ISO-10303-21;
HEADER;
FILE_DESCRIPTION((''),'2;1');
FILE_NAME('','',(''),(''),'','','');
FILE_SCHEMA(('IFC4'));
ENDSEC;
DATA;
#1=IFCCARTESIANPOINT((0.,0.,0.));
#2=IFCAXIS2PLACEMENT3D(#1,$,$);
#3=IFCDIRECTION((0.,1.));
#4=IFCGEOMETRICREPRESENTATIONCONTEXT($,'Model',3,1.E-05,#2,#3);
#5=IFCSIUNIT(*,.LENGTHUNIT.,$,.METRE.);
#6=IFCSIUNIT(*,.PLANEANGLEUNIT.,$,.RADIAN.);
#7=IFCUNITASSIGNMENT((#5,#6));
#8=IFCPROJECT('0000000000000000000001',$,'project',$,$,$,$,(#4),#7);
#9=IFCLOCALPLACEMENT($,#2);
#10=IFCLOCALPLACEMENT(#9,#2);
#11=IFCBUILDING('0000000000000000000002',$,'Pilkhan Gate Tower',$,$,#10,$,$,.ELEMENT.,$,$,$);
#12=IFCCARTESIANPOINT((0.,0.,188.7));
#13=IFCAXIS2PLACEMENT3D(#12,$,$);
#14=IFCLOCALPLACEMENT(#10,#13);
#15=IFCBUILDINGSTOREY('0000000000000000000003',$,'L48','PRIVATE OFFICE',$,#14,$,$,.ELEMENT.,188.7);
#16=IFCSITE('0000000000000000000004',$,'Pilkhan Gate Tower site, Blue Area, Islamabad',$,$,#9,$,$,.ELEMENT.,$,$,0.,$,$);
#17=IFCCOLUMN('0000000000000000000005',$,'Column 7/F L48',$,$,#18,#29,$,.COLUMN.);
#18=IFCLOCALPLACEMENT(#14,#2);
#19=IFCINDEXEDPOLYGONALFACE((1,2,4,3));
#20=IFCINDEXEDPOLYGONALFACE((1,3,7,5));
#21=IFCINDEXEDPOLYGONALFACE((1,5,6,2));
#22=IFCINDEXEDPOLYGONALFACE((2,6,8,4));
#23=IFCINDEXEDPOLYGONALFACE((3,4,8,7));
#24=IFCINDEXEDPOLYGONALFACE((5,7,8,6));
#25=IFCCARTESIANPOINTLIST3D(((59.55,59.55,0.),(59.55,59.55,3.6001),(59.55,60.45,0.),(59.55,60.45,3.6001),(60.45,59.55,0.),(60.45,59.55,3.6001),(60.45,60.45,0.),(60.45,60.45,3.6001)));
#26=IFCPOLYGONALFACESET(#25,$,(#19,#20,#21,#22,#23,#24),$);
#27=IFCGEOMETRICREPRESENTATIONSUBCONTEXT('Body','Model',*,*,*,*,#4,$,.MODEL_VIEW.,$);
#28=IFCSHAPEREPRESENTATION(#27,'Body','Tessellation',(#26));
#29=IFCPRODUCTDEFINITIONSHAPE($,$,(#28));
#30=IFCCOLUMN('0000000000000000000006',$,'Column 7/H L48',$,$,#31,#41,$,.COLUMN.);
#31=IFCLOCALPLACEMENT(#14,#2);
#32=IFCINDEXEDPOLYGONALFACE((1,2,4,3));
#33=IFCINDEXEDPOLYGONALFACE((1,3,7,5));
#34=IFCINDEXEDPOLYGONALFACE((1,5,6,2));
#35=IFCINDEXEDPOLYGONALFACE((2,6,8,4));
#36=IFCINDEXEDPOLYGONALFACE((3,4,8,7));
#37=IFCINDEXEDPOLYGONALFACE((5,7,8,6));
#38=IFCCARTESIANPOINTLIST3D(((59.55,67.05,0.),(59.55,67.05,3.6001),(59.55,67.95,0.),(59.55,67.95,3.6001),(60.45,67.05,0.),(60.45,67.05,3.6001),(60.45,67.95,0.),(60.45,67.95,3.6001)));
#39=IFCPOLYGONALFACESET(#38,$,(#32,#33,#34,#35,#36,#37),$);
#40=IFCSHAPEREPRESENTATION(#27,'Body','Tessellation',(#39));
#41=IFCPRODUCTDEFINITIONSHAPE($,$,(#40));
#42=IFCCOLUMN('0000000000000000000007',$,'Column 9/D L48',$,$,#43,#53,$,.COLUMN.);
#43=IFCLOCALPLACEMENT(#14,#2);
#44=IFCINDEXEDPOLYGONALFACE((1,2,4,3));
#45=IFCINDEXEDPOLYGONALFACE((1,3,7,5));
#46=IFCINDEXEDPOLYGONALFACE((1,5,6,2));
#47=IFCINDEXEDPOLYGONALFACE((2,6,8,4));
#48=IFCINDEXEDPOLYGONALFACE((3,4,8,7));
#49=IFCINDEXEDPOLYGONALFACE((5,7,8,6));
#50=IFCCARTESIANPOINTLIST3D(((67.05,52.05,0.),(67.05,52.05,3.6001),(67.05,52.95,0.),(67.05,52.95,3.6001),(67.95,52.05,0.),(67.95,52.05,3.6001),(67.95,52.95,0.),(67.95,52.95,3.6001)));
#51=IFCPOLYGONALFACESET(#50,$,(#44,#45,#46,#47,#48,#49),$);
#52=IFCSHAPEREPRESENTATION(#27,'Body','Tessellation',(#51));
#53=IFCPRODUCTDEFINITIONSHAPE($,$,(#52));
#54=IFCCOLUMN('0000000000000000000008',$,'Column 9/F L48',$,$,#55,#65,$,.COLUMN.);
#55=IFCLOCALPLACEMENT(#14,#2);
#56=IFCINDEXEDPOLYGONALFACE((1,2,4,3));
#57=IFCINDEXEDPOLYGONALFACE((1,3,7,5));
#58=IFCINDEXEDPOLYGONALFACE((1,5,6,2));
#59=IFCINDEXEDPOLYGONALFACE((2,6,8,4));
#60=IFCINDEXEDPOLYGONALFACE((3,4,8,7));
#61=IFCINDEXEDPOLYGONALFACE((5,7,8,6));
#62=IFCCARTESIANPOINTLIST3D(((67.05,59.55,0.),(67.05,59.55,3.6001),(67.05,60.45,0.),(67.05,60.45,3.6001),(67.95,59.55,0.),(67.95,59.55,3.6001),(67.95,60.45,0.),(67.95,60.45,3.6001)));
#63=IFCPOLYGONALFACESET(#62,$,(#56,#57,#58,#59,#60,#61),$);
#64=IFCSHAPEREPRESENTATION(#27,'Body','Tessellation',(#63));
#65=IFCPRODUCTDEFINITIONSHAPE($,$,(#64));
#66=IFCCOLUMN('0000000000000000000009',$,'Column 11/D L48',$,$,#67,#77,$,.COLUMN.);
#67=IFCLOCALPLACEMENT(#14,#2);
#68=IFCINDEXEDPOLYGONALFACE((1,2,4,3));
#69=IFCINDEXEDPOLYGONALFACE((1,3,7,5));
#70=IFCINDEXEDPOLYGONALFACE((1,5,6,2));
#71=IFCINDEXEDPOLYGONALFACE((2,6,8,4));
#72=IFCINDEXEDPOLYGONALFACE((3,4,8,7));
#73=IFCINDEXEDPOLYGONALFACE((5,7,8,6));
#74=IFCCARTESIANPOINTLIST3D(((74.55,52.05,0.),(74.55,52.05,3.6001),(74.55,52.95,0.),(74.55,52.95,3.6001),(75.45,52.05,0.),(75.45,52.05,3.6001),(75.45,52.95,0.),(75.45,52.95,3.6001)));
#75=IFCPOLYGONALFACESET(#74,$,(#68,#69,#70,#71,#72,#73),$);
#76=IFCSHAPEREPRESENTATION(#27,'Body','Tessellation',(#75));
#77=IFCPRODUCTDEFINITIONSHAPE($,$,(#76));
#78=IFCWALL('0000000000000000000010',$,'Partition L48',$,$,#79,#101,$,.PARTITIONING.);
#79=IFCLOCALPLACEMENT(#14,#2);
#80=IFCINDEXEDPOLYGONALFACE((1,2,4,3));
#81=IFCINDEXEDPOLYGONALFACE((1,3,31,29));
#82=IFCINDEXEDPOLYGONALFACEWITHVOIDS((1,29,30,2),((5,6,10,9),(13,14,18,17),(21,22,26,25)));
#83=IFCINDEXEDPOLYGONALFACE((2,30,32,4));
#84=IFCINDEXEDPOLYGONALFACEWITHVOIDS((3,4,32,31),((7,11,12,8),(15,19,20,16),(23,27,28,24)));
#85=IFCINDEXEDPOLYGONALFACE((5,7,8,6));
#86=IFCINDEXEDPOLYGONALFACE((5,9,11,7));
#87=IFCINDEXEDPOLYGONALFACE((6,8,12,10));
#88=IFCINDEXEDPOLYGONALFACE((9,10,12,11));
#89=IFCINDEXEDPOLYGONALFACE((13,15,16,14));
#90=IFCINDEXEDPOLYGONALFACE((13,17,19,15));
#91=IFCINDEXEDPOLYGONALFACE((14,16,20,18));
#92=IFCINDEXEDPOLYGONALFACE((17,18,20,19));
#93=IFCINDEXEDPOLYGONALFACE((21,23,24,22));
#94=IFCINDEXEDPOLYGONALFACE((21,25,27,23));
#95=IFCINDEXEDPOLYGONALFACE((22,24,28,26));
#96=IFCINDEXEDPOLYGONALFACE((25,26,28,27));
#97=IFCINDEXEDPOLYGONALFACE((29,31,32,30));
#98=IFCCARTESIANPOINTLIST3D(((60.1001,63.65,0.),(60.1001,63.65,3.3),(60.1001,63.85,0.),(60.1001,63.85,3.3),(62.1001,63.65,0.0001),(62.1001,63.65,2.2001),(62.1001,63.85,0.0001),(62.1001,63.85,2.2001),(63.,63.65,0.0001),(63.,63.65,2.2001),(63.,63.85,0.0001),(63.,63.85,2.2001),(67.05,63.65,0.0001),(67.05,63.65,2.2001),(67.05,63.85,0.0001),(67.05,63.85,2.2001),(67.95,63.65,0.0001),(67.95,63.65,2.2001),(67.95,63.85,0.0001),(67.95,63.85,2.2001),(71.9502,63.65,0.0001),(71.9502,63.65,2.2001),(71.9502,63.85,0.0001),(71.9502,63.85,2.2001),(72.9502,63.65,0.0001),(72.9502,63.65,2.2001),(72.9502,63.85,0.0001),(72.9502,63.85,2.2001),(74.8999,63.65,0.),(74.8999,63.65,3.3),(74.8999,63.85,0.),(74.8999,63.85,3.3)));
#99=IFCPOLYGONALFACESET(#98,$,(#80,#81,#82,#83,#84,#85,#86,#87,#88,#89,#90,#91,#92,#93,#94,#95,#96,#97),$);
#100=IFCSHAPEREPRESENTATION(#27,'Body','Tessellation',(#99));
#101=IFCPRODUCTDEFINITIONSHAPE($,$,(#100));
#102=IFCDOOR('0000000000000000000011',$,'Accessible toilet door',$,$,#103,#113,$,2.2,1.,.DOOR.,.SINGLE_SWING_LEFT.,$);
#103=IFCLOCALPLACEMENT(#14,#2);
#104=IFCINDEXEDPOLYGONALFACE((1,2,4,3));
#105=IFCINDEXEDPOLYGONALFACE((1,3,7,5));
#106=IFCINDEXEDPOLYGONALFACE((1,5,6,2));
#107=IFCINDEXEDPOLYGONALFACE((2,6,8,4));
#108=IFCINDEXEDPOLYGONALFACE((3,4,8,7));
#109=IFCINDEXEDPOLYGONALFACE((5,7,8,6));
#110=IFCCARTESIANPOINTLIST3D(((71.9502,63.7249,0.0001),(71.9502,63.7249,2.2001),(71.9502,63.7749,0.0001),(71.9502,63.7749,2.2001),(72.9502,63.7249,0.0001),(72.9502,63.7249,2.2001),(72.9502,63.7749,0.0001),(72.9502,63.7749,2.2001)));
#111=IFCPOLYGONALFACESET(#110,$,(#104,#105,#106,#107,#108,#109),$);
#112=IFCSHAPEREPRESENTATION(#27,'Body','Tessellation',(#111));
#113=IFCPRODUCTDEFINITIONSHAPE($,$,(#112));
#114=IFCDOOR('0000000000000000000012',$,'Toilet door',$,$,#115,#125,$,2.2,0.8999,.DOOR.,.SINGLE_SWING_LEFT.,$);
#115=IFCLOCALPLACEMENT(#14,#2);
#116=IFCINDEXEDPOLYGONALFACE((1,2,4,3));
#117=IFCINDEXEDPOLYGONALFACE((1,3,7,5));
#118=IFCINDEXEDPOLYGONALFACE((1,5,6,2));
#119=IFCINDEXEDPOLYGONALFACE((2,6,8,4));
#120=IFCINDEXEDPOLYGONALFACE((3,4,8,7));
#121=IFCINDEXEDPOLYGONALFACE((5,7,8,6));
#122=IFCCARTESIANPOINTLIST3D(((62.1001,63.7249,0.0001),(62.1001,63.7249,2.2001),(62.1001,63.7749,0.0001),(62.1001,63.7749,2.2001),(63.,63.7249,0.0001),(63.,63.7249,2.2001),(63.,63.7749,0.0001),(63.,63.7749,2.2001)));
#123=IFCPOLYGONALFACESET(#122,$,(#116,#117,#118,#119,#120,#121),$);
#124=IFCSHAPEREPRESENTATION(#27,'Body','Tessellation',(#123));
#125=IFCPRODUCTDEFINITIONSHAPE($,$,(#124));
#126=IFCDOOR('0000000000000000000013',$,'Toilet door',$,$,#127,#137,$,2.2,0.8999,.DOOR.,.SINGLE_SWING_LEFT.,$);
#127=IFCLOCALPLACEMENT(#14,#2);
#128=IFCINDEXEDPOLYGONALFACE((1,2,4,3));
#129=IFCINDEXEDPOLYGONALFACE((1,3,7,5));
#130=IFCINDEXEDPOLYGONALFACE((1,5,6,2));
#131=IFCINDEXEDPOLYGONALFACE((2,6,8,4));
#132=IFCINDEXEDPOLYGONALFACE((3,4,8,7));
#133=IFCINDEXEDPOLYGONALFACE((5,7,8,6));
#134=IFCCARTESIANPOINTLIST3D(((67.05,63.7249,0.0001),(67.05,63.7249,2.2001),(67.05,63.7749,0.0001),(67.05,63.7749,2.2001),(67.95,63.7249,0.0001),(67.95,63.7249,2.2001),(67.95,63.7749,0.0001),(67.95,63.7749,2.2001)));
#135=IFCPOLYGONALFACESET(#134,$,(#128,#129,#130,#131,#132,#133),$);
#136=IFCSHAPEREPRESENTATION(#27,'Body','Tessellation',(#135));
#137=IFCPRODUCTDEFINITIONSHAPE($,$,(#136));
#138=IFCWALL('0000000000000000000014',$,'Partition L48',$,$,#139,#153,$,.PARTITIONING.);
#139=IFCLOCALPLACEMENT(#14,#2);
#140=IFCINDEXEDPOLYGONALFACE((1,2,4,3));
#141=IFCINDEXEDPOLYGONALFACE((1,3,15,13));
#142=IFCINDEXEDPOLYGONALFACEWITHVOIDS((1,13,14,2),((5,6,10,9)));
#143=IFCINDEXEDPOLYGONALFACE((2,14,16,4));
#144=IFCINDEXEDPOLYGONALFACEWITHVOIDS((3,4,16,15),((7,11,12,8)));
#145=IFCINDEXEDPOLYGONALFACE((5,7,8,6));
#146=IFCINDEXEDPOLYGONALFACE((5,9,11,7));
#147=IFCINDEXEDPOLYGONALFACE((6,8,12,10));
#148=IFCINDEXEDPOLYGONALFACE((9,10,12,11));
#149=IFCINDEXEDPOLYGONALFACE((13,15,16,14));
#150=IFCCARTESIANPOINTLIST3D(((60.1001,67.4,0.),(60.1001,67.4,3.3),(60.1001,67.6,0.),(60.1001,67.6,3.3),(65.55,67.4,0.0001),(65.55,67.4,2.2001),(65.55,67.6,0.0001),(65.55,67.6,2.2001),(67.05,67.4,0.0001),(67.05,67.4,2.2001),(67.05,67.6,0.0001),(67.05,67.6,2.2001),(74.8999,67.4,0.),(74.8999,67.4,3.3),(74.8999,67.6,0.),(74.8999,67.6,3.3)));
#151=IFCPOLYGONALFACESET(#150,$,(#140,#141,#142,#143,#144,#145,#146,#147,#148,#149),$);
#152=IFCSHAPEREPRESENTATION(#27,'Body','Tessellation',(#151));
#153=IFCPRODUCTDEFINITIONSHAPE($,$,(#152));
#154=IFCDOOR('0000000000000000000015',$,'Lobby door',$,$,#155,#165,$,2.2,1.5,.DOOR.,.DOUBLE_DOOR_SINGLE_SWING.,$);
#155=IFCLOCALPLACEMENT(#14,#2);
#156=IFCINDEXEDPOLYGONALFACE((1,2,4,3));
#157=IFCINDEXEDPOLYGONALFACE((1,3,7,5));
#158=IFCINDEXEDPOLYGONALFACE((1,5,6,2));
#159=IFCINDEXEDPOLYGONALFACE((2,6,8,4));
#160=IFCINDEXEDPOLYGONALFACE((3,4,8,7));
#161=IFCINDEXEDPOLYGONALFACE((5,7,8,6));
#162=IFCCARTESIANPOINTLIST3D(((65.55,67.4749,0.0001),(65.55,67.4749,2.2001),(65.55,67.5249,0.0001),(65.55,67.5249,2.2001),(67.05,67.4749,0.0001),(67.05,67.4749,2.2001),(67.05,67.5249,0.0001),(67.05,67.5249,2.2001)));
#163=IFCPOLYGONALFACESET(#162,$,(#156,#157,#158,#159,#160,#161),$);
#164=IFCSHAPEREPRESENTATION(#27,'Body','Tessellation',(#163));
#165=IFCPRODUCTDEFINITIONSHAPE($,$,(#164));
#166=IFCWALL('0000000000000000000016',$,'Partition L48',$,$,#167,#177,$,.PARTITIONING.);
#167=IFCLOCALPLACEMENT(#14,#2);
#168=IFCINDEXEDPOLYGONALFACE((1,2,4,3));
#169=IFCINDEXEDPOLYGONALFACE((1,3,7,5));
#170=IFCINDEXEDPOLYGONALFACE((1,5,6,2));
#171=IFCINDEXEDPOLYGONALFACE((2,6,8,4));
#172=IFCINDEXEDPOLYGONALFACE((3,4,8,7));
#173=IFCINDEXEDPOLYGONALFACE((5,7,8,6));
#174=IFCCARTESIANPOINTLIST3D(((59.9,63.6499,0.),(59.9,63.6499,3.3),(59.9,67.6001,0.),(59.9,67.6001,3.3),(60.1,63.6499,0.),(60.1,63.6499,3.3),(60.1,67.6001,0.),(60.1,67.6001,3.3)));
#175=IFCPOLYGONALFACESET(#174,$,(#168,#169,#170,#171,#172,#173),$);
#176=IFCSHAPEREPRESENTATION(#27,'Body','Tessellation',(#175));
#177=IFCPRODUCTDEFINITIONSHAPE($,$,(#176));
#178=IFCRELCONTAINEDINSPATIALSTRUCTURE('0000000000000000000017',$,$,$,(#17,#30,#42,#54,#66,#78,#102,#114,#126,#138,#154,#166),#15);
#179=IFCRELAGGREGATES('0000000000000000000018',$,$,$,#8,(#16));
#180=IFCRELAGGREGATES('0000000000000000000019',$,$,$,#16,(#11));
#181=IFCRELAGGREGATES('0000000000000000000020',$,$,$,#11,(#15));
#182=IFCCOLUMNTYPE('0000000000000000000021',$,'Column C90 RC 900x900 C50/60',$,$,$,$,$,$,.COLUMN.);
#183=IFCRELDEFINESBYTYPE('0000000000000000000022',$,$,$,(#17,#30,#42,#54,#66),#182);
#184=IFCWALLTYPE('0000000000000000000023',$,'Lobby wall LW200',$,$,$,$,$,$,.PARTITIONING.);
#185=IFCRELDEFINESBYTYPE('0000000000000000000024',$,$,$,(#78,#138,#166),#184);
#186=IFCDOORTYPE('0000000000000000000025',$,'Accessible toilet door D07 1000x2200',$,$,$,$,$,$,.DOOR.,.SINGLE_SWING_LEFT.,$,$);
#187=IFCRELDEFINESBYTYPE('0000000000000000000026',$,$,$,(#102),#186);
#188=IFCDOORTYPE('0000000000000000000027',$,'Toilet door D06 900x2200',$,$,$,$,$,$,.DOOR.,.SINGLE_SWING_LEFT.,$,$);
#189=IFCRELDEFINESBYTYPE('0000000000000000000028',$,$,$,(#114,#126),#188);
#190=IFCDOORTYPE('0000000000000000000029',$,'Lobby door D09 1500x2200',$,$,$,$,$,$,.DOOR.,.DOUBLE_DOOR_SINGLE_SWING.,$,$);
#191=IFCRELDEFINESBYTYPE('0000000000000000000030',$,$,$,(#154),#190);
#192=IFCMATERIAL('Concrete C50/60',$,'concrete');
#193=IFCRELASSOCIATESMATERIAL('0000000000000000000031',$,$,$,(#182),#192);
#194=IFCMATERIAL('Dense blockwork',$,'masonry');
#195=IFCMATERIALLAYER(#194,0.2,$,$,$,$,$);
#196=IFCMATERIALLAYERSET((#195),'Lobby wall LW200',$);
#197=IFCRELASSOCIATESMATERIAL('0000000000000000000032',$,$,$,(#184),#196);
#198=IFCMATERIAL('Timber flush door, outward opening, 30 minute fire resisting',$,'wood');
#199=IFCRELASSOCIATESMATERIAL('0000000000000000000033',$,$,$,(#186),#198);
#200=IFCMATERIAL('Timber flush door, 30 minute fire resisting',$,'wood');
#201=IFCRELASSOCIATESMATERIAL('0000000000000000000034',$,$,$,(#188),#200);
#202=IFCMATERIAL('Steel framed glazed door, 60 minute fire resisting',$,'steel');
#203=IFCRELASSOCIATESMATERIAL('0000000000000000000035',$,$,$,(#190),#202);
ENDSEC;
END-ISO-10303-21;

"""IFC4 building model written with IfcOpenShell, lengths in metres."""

from ifc_helpers import new_model, si_unit, direction, frame, frame_2d, origin, origin_2d, place, context, subcontext, project, spatial, rectangle, extrude, material, layer, layer_set, material_profile, profile_set, type_object, element, fill, save


model = new_model("IFC4")

# Units and contexts
model_context = context("Model", 3, precision=1e-05, world=origin(), true_north=direction((0.0, 1.0)))
body_context = subcontext(model_context, "Body", "Model", "MODEL_VIEW")
ifc_project = project(units=[si_unit("LENGTHUNIT", "METRE"), si_unit("PLANEANGLEUNIT", "RADIAN")], contexts=[model_context])

# Site, building, storey
site_placement = place(None, origin())
site = spatial("IfcSite", under=ifc_project, at=site_placement, Name="Pilkhan Gate Tower site, Blue Area, Islamabad", CompositionType="ELEMENT", RefElevation=0.0)
building_placement = place(site_placement, origin())
building = spatial("IfcBuilding", under=site, at=building_placement, Name="Pilkhan Gate Tower", CompositionType="ELEMENT")
storey_placement = place(building_placement, frame((0.0, 0.0, 188.7)))
storey = spatial("IfcBuildingStorey", under=building, at=storey_placement, Name="L48", Description="PRIVATE OFFICE", CompositionType="ELEMENT", Elevation=188.7)

# Columns
ifc_material_1 = material(Name="Concrete C50/60", Category="concrete")
ifc_material_profile = material_profile(ifc_material_1, rectangle(XDim=0.8999, YDim=0.8999, at=origin_2d()), Name="RC 900x900")
ifc_profile_set = profile_set([ifc_material_profile], Name="Concrete C50/60")
column_type = type_object("IfcColumnType", Name="Column C90 RC 900x900 C50/60", PredefinedType="COLUMN", material=ifc_profile_set)
for number, where, z_axis, x_axis, name in (
    (1, (60.0, 60.0, 0.0), (0.0, 0.0, 1.0), (1.0, 0.0, 0.0), "Column 7/F L48"),
    (2, (60.0, 67.5, 0.0), (0.0, 0.0, 1.0), (1.0, 0.0, 0.0), "Column 7/H L48"),
    (3, (67.5, 52.5, 0.0), (0.0, 0.0, 1.0), (1.0, 0.0, 0.0), "Column 9/D L48"),
    (4, (67.5, 60.0, 0.0), (0.0, 0.0, 1.0), (1.0, 0.0, 0.0), "Column 9/F L48"),
    (5, (75.0, 52.5, 0.0), (0.0, 0.0, 1.0), (1.0, 0.0, 0.0), "Column 11/D L48"),
):
    element("IfcColumn", number, at=place(storey_placement, frame(where, z_axis=z_axis, x_axis=x_axis)), inside=storey, type_object=column_type, Name=name, PredefinedType="COLUMN", context=body_context, shape_type="SweptSolid", body=[
        extrude(rectangle(XDim=0.8999, YDim=0.8999, at=origin_2d()), origin(), (0.0, 0.0, 1.0), 3.6001),
    ])

# Wall, openings, doors
ifc_material_2 = material(Name="Dense blockwork", Category="masonry")
ifc_layer_1 = layer(ifc_material_2, 0.2)
ifc_layer_set_1 = layer_set([ifc_layer_1], Name="Lobby wall LW200")
wall_type_1 = type_object("IfcWallType", Name="Lobby wall LW200", PredefinedType="PARTITIONING", material=ifc_layer_set_1)
wall_1_placement = place(storey_placement, frame((60.1001, 63.75, 0.0), z_axis=(0.0, 0.0, 1.0), x_axis=(1.0, 0.0, 0.0)))
wall_1 = element("IfcWall", 6, at=wall_1_placement, inside=storey, type_object=wall_type_1, Name="Partition L48", PredefinedType="PARTITIONING", context=body_context, shape_type="SweptSolid", body=[
    extrude(rectangle(XDim=14.7998, YDim=0.2, at=frame_2d((7.3999, 0.0))), origin(), (0.0, 0.0, 1.0), 3.3),
])
opening_1_placement = place(wall_1_placement, frame((2.0, 0.0, 0.0)))
opening_1 = element("IfcOpeningElement", 7, at=opening_1_placement, cuts=wall_1, PredefinedType="OPENING", context=body_context, shape_type="SweptSolid", body=[
    extrude(rectangle(XDim=0.8999, YDim=2.2, at=frame_2d((0.45, 1.1001))), frame((0.0, 0.1099, 0.0), z_axis=(0.0, -1.0, 0.0), x_axis=(1.0, 0.0, 0.0)), (0.0, 0.0, 1.0), 0.22),
])
opening_2_placement = place(wall_1_placement, frame((6.95, 0.0, 0.0)))
opening_2 = element("IfcOpeningElement", 8, at=opening_2_placement, cuts=wall_1, PredefinedType="OPENING", context=body_context, shape_type="SweptSolid", body=[
    extrude(rectangle(XDim=0.8999, YDim=2.2, at=frame_2d((0.45, 1.1001))), frame((0.0, 0.1099, 0.0), z_axis=(0.0, -1.0, 0.0), x_axis=(1.0, 0.0, 0.0)), (0.0, 0.0, 1.0), 0.22),
])
opening_3_placement = place(wall_1_placement, frame((11.8501, 0.0, 0.0)))
opening_3 = element("IfcOpeningElement", 9, at=opening_3_placement, cuts=wall_1, PredefinedType="OPENING", context=body_context, shape_type="SweptSolid", body=[
    extrude(rectangle(XDim=1.0, YDim=2.2, at=frame_2d((0.5, 1.1001))), frame((0.0, 0.1099, 0.0), z_axis=(0.0, -1.0, 0.0), x_axis=(1.0, 0.0, 0.0)), (0.0, 0.0, 1.0), 0.22),
])
ifc_material_3 = material(Name="Timber flush door, outward opening, 30 minute fire resisting", Category="wood")
door_type_1 = type_object("IfcDoorType", Name="Accessible toilet door D07 1000x2200", OperationType="SINGLE_SWING_LEFT", PredefinedType="DOOR", material=ifc_material_3)
door_1_placement = place(opening_3_placement, origin())
door_1 = element("IfcDoor", 10, at=door_1_placement, inside=storey, type_object=door_type_1, Name="Accessible toilet door", OperationType="SINGLE_SWING_LEFT", OverallHeight=2.2, OverallWidth=1.0, PredefinedType="DOOR", context=body_context, shape_type="SweptSolid", body=[
    extrude(rectangle(XDim=1.0, YDim=2.2, at=frame_2d((0.5, 1.1001))), frame((0.0, 0.0249, 0.0), z_axis=(0.0, -1.0, 0.0), x_axis=(1.0, 0.0, 0.0)), (0.0, 0.0, 1.0), 0.05),
])
fill(opening_3, door_1)
ifc_material_4 = material(Name="Timber flush door, 30 minute fire resisting", Category="wood")
door_type_2 = type_object("IfcDoorType", Name="Toilet door D06 900x2200", OperationType="SINGLE_SWING_LEFT", PredefinedType="DOOR", material=ifc_material_4)
door_2_placement = place(opening_1_placement, origin())
door_2 = element("IfcDoor", 11, at=door_2_placement, inside=storey, type_object=door_type_2, Name="Toilet door", OperationType="SINGLE_SWING_LEFT", OverallHeight=2.2, OverallWidth=0.8999, PredefinedType="DOOR", context=body_context, shape_type="SweptSolid", body=[
    extrude(rectangle(XDim=0.8999, YDim=2.2, at=frame_2d((0.45, 1.1001))), frame((0.0, 0.0249, 0.0), z_axis=(0.0, -1.0, 0.0), x_axis=(1.0, 0.0, 0.0)), (0.0, 0.0, 1.0), 0.05),
])
fill(opening_1, door_2)
door_3_placement = place(opening_2_placement, origin())
door_3 = element("IfcDoor", 12, at=door_3_placement, inside=storey, type_object=door_type_2, Name="Toilet door", OperationType="SINGLE_SWING_LEFT", OverallHeight=2.2, OverallWidth=0.8999, PredefinedType="DOOR", context=body_context, shape_type="SweptSolid", body=[
    extrude(rectangle(XDim=0.8999, YDim=2.2, at=frame_2d((0.45, 1.1001))), frame((0.0, 0.0249, 0.0), z_axis=(0.0, -1.0, 0.0), x_axis=(1.0, 0.0, 0.0)), (0.0, 0.0, 1.0), 0.05),
])
fill(opening_2, door_3)

# Wall, opening, door
wall_2_placement = place(storey_placement, frame((60.1001, 67.5, 0.0), z_axis=(0.0, 0.0, 1.0), x_axis=(1.0, 0.0, 0.0)))
wall_2 = element("IfcWall", 13, at=wall_2_placement, inside=storey, type_object=wall_type_1, Name="Partition L48", PredefinedType="PARTITIONING", context=body_context, shape_type="SweptSolid", body=[
    extrude(rectangle(XDim=14.7998, YDim=0.2, at=frame_2d((7.3999, 0.0))), origin(), (0.0, 0.0, 1.0), 3.3),
])
opening_4_placement = place(wall_2_placement, frame((5.45, 0.0, 0.0)))
opening_4 = element("IfcOpeningElement", 14, at=opening_4_placement, cuts=wall_2, PredefinedType="OPENING", context=body_context, shape_type="SweptSolid", body=[
    extrude(rectangle(XDim=1.5, YDim=2.2, at=frame_2d((0.75, 1.1001))), frame((0.0, 0.1099, 0.0), z_axis=(0.0, -1.0, 0.0), x_axis=(1.0, 0.0, 0.0)), (0.0, 0.0, 1.0), 0.22),
])
ifc_material_5 = material(Name="Steel framed glazed door, 60 minute fire resisting", Category="steel")
door_type_3 = type_object("IfcDoorType", Name="Lobby door D09 1500x2200", OperationType="DOUBLE_DOOR_SINGLE_SWING", PredefinedType="DOOR", material=ifc_material_5)
door_4_placement = place(opening_4_placement, origin())
door_4 = element("IfcDoor", 15, at=door_4_placement, inside=storey, type_object=door_type_3, Name="Lobby door", OperationType="DOUBLE_DOOR_SINGLE_SWING", OverallHeight=2.2, OverallWidth=1.5, PredefinedType="DOOR", context=body_context, shape_type="SweptSolid", body=[
    extrude(rectangle(XDim=1.5, YDim=2.2, at=frame_2d((0.75, 1.1001))), frame((0.0, 0.0249, 0.0), z_axis=(0.0, -1.0, 0.0), x_axis=(1.0, 0.0, 0.0)), (0.0, 0.0, 1.0), 0.05),
])
fill(opening_4, door_4)

# Wall
wall_3_placement = place(storey_placement, frame((60.0, 63.6499, 0.0), z_axis=(0.0, 0.0, 1.0), x_axis=(0.0, 1.0, 0.0)))
element("IfcWall", 16, at=wall_3_placement, inside=storey, type_object=wall_type_1, Name="Partition L48", PredefinedType="PARTITIONING", context=body_context, shape_type="SweptSolid", body=[
    extrude(rectangle(XDim=3.9502, YDim=0.2, at=frame_2d((1.9751, 0.0))), origin(), (0.0, 0.0, 1.0), 3.3),
])

save(model, "model.ifc")
